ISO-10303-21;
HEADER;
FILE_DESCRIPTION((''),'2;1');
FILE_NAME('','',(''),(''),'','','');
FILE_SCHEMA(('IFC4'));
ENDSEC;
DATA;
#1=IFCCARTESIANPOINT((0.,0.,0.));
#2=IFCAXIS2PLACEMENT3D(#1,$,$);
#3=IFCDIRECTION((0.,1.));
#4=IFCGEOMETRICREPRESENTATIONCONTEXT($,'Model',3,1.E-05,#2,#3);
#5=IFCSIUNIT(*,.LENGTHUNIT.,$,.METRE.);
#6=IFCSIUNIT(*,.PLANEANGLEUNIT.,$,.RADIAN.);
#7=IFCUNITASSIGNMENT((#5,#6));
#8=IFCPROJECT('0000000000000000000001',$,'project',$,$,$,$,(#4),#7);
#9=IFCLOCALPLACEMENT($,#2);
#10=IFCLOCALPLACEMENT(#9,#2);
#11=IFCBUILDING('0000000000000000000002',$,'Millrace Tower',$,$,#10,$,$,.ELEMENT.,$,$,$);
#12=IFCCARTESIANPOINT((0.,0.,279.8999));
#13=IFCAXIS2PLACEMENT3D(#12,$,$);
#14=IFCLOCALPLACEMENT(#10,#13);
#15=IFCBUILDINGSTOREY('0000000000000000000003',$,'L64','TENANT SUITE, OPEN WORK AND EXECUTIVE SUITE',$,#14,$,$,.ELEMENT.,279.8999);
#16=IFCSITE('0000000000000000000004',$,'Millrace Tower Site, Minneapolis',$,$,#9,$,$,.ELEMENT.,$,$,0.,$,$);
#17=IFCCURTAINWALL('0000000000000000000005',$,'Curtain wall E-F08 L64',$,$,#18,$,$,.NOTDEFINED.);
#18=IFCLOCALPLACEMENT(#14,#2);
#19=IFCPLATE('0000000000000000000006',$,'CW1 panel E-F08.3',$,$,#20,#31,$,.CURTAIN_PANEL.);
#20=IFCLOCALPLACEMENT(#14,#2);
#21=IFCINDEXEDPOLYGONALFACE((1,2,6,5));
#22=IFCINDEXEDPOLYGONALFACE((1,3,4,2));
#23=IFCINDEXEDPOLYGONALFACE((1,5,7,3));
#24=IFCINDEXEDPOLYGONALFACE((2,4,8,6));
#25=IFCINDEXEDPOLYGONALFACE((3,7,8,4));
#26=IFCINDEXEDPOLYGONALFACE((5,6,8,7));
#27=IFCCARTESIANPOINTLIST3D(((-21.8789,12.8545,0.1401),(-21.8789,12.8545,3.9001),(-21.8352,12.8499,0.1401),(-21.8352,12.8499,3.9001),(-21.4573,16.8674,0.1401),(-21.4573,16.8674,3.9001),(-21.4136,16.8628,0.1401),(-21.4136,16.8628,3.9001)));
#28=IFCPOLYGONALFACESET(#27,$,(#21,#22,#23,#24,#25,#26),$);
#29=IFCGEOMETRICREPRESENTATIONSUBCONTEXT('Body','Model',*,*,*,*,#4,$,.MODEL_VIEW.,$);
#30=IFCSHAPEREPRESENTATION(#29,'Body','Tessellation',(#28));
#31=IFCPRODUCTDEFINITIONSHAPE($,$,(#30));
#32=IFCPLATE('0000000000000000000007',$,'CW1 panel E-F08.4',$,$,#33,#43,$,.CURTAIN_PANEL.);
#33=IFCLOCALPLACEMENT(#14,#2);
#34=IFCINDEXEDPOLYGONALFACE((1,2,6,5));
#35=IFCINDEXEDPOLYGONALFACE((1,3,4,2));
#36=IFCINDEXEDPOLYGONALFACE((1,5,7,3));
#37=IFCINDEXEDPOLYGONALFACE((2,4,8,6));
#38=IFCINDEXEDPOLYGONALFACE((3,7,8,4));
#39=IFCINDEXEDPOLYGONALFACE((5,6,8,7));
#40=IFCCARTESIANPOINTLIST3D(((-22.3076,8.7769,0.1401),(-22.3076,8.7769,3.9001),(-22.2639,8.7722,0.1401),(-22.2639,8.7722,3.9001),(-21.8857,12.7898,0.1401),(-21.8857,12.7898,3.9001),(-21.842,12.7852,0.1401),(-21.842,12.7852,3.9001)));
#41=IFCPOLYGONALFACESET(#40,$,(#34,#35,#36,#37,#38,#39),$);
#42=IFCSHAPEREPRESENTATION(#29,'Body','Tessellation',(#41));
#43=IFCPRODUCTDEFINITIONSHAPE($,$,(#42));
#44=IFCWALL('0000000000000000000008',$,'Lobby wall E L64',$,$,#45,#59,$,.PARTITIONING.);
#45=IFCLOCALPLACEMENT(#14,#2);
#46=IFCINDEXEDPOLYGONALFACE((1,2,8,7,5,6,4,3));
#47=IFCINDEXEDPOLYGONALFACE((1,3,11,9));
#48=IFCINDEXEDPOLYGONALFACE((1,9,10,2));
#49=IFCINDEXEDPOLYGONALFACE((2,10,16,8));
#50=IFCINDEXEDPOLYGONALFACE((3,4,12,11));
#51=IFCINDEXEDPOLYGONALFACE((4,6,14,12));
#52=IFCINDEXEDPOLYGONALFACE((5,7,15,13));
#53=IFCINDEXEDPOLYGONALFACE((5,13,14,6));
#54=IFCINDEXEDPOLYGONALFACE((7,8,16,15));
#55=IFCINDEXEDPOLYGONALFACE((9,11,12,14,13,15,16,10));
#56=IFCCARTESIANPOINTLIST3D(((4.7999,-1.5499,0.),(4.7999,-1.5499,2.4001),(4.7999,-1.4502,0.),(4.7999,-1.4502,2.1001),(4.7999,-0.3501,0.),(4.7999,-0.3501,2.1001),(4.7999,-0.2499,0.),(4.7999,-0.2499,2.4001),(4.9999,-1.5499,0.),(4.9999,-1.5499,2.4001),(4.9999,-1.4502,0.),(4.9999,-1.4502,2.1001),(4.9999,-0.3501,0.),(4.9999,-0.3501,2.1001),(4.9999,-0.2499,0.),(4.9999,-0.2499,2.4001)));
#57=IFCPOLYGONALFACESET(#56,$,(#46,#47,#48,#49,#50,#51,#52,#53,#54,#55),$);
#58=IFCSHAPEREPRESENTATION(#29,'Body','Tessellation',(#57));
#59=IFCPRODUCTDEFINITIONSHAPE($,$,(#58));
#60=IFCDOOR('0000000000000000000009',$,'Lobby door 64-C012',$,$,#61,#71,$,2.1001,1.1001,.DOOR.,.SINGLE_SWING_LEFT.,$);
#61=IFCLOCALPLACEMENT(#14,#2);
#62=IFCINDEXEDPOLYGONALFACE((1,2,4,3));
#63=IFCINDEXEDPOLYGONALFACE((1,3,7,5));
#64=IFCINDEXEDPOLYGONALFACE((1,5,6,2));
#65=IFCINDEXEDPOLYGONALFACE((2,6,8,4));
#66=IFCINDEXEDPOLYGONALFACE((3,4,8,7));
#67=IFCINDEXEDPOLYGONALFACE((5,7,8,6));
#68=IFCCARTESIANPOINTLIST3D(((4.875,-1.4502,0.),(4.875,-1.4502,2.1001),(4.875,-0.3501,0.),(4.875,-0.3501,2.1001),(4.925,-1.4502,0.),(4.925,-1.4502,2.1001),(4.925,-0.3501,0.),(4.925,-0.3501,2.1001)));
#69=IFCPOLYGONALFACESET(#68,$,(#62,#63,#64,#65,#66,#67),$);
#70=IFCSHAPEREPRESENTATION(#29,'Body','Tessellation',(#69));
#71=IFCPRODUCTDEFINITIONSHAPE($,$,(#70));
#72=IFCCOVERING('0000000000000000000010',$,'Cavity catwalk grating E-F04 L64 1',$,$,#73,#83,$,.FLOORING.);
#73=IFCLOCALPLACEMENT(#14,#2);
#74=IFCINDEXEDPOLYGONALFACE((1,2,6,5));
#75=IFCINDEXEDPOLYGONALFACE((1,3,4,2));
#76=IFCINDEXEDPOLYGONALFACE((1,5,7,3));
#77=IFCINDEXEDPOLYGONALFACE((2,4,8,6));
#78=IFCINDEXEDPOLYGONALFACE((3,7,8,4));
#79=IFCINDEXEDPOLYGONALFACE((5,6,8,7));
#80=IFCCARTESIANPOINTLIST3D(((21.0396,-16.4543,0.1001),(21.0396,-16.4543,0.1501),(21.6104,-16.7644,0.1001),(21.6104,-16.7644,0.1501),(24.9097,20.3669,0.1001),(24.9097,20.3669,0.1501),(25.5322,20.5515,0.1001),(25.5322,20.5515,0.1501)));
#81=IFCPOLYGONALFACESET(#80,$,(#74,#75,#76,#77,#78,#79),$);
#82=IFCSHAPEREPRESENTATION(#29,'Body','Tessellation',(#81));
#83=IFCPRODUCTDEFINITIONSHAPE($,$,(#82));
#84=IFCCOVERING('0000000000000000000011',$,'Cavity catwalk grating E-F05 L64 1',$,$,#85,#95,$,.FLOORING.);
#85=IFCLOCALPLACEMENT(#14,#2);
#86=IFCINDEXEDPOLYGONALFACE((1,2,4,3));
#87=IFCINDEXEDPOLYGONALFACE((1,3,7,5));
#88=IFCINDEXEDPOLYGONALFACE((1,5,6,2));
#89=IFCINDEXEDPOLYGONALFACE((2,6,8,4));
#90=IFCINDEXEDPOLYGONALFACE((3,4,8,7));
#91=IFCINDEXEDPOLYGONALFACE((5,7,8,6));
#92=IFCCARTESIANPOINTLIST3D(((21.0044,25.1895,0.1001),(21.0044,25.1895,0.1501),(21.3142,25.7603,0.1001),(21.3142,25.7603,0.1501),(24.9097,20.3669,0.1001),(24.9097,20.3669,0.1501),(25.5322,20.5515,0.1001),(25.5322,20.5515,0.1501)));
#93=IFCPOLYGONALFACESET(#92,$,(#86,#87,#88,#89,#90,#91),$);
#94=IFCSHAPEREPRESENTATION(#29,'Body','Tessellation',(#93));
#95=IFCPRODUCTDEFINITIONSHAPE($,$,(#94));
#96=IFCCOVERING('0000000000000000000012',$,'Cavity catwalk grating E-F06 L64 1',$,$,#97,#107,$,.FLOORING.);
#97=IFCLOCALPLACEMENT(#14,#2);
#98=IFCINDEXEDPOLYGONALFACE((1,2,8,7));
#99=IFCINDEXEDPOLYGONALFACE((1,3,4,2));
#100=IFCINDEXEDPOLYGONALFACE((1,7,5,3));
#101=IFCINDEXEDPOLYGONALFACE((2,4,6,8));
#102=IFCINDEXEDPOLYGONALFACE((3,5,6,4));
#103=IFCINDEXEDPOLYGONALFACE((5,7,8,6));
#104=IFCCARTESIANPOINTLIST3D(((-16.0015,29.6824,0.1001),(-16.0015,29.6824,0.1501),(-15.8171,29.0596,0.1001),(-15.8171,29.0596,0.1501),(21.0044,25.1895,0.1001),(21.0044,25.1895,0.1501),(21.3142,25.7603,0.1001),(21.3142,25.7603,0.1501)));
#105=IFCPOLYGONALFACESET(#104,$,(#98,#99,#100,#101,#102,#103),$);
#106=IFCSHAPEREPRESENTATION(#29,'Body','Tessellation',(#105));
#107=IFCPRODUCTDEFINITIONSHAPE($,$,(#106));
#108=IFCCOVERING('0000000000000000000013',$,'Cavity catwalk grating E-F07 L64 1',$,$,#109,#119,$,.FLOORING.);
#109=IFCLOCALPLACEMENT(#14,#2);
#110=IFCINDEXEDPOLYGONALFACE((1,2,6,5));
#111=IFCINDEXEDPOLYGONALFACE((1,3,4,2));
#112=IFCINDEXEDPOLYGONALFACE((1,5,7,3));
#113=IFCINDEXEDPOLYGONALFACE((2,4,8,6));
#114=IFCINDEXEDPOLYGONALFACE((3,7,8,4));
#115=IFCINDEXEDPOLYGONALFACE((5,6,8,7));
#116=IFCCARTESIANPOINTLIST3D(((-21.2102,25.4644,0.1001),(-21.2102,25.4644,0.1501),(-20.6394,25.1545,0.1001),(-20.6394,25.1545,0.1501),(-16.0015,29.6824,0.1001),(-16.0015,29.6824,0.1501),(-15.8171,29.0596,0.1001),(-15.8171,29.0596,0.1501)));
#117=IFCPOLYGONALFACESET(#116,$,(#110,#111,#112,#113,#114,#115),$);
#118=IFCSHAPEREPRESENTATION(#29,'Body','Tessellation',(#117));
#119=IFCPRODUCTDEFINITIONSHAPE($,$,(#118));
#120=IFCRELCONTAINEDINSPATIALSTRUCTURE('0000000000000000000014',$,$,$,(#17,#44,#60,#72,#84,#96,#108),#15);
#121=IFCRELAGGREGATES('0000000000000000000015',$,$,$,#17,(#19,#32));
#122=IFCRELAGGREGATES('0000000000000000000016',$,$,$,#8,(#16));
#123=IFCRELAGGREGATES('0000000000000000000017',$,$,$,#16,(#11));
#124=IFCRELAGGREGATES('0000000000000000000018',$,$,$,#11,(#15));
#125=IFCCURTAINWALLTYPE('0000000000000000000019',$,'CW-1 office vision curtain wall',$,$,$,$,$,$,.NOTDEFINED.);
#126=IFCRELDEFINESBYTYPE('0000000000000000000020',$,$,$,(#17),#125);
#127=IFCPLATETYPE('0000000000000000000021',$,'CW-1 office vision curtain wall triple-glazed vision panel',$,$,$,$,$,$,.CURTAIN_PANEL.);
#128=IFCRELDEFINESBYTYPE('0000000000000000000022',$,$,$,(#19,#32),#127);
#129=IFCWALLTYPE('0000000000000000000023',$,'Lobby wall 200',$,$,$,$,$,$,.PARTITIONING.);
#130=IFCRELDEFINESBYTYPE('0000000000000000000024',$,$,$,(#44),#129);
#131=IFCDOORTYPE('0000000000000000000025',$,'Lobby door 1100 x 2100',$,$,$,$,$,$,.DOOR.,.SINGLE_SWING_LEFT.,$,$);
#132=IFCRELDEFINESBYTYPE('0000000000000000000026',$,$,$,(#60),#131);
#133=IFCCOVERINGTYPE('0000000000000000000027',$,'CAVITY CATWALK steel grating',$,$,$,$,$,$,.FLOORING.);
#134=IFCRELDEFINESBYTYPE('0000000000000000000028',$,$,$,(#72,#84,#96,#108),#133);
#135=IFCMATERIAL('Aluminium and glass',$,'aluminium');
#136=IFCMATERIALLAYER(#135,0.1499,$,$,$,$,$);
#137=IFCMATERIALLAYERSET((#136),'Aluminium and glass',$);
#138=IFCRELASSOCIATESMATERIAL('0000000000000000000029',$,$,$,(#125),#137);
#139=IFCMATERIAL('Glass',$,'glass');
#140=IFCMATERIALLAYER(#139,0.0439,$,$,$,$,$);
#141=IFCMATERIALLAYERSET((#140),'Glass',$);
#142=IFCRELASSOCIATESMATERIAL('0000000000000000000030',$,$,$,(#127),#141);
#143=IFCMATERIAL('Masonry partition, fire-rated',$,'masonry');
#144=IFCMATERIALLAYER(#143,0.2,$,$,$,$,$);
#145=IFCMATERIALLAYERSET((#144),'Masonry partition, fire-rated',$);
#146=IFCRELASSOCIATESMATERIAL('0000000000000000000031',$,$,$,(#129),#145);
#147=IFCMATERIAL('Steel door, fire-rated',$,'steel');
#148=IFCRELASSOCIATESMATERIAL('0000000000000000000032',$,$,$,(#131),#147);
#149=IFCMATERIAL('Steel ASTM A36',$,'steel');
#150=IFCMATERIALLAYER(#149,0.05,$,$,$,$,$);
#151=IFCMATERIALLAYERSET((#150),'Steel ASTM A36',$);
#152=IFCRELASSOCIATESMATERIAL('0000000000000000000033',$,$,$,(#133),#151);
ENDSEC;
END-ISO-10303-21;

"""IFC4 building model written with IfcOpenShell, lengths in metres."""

from ifc_helpers import new_model, si_unit, direction, frame, frame_2d, origin, place, context, subcontext, project, spatial, polyline, rectangle, outline, extrude, material, layer, layer_set, type_object, element, fill, aggregate, save


model = new_model("IFC4")

# Units and contexts
model_context = context("Model", 3, precision=1e-05, world=origin(), true_north=direction((0.0, 1.0)))
body_context = subcontext(model_context, "Body", "Model", "MODEL_VIEW")
ifc_project = project(units=[si_unit("LENGTHUNIT", "METRE"), si_unit("PLANEANGLEUNIT", "RADIAN")], contexts=[model_context])

# Site, building, storey
site_placement = place(None, origin())
site = spatial("IfcSite", under=ifc_project, at=site_placement, Name="Millrace Tower Site, Minneapolis", CompositionType="ELEMENT", RefElevation=0.0)
building_placement = place(site_placement, origin())
building = spatial("IfcBuilding", under=site, at=building_placement, Name="Millrace Tower", CompositionType="ELEMENT")
storey_placement = place(building_placement, frame((0.0, 0.0, 279.8999)))
storey = spatial("IfcBuildingStorey", under=building, at=storey_placement, Name="L64", Description="TENANT SUITE, OPEN WORK AND EXECUTIVE SUITE", CompositionType="ELEMENT", Elevation=279.8999)

# Shared definitions
ifc_material_1 = material(Name="Aluminium and glass", Category="aluminium")
ifc_layer_1 = layer(ifc_material_1, 0.1499)
ifc_layer_set_1 = layer_set([ifc_layer_1], Name="Aluminium and glass")
curtain_wall_type = type_object("IfcCurtainWallType", Name="CW-1 office vision curtain wall", PredefinedType="NOTDEFINED", material=ifc_layer_set_1)
placement_1 = place(storey_placement, origin())
ifc_material_2 = material(Name="Glass", Category="glass")
ifc_layer_2 = layer(ifc_material_2, 0.0439)
ifc_layer_set_2 = layer_set([ifc_layer_2], Name="Glass")
plate_type = type_object("IfcPlateType", Name="CW-1 office vision curtain wall triple-glazed vision panel", PredefinedType="CURTAIN_PANEL", material=ifc_layer_set_2)
placement_2 = place(storey_placement, frame((0.0, 0.0, 0.1401)))

# Curtain wall, plates
curtain_wall_1 = element("IfcCurtainWall", 1, at=placement_1, inside=storey, type_object=curtain_wall_type, Name="Curtain wall E-F08 L64", PredefinedType="NOTDEFINED")
plate_1 = element("IfcPlate", 2, at=placement_2, type_object=plate_type, Name="CW1 panel E-F08.3", PredefinedType="CURTAIN_PANEL", context=body_context, shape_type="SweptSolid", body=[
    extrude(outline(polyline([(-21.4573, 16.8674), (-21.8789, 12.8545), (-21.8352, 12.8499), (-21.4136, 16.8628), (-21.4573, 16.8674)])), origin(), (0.0, 0.0, 1.0), 3.76),
])
plate_2 = element("IfcPlate", 3, at=placement_2, type_object=plate_type, Name="CW1 panel E-F08.4", PredefinedType="CURTAIN_PANEL", context=body_context, shape_type="SweptSolid", body=[
    extrude(outline(polyline([(-21.8857, 12.7898), (-22.3076, 8.7769), (-22.2639, 8.7722), (-21.842, 12.7852), (-21.8857, 12.7898)])), origin(), (0.0, 0.0, 1.0), 3.76),
])
aggregate(curtain_wall_1, [plate_1, plate_2])

# Wall, opening, door
ifc_material_3 = material(Name="Masonry partition, fire-rated", Category="masonry")
ifc_layer_3 = layer(ifc_material_3, 0.2)
ifc_layer_set_3 = layer_set([ifc_layer_3], Name="Masonry partition, fire-rated")
wall_type = type_object("IfcWallType", Name="Lobby wall 200", PredefinedType="PARTITIONING", material=ifc_layer_set_3)
wall_placement = place(storey_placement, frame((4.8999, -0.25, 0.0), z_axis=(0.0, 0.0, 1.0), x_axis=(0.0, -1.0, 0.0)))
wall = element("IfcWall", 4, at=wall_placement, inside=storey, type_object=wall_type, Name="Lobby wall E L64", PredefinedType="PARTITIONING", context=body_context, shape_type="SweptSolid", body=[
    extrude(rectangle(XDim=1.3, YDim=0.2, at=frame_2d((0.6499, 0.0))), origin(), (0.0, 0.0, 1.0), 2.4001),
])
opening_placement = place(wall_placement, frame((0.1001, 0.0, 0.0)))
opening = element("IfcOpeningElement", 5, at=opening_placement, cuts=wall, PredefinedType="OPENING", context=body_context, shape_type="SweptSolid", body=[
    extrude(rectangle(XDim=1.1001, YDim=2.1001, at=frame_2d((0.55, 1.05))), frame((0.0, 0.1099, 0.0), z_axis=(0.0, -1.0, 0.0), x_axis=(1.0, 0.0, 0.0)), (0.0, 0.0, 1.0), 0.22),
])
ifc_material_4 = material(Name="Steel door, fire-rated", Category="steel")
door_type = type_object("IfcDoorType", Name="Lobby door 1100 x 2100", OperationType="SINGLE_SWING_LEFT", PredefinedType="DOOR", material=ifc_material_4)
door_placement = place(opening_placement, frame((1.1001, 0.0, 0.0), z_axis=(0.0, 0.0, 1.0), x_axis=(-1.0, 0.0, 0.0)))
door = element("IfcDoor", 6, at=door_placement, inside=storey, type_object=door_type, Name="Lobby door 64-C012", OperationType="SINGLE_SWING_LEFT", OverallHeight=2.1001, OverallWidth=1.1001, PredefinedType="DOOR", context=body_context, shape_type="SweptSolid", body=[
    extrude(rectangle(XDim=1.1001, YDim=2.1001, at=frame_2d((0.55, 1.05))), frame((0.0, 0.0249, 0.0), z_axis=(0.0, -1.0, 0.0), x_axis=(1.0, 0.0, 0.0)), (0.0, 0.0, 1.0), 0.05),
])
fill(opening, door)

# Coverings
ifc_material_5 = material(Name="Steel ASTM A36", Category="steel")
ifc_layer_4 = layer(ifc_material_5, 0.05)
ifc_layer_set_4 = layer_set([ifc_layer_4], Name="Steel ASTM A36")
covering_type = type_object("IfcCoveringType", Name="CAVITY CATWALK steel grating", PredefinedType="FLOORING", material=ifc_layer_set_4)
placement_3 = place(storey_placement, frame((0.0, 0.0, 0.1001)))
element("IfcCovering", 7, at=placement_3, inside=storey, type_object=covering_type, Name="Cavity catwalk grating E-F04 L64 1", PredefinedType="FLOORING", context=body_context, shape_type="SweptSolid", body=[
    extrude(outline(polyline([(21.6104, -16.7644), (25.5322, 20.5515), (24.9097, 20.3669), (21.0396, -16.4543), (21.6104, -16.7644)])), origin(), (0.0, 0.0, 1.0), 0.05),
])
element("IfcCovering", 8, at=placement_3, inside=storey, type_object=covering_type, Name="Cavity catwalk grating E-F05 L64 1", PredefinedType="FLOORING", context=body_context, shape_type="SweptSolid", body=[
    extrude(outline(polyline([(25.5322, 20.5515), (21.3142, 25.7603), (21.0044, 25.1895), (24.9097, 20.3669), (25.5322, 20.5515)])), origin(), (0.0, 0.0, 1.0), 0.05),
])
element("IfcCovering", 9, at=placement_3, inside=storey, type_object=covering_type, Name="Cavity catwalk grating E-F06 L64 1", PredefinedType="FLOORING", context=body_context, shape_type="SweptSolid", body=[
    extrude(outline(polyline([(21.3142, 25.7603), (-16.0015, 29.6824), (-15.8171, 29.0596), (21.0044, 25.1895), (21.3142, 25.7603)])), origin(), (0.0, 0.0, 1.0), 0.05),
])
element("IfcCovering", 10, at=placement_3, inside=storey, type_object=covering_type, Name="Cavity catwalk grating E-F07 L64 1", PredefinedType="FLOORING", context=body_context, shape_type="SweptSolid", body=[
    extrude(outline(polyline([(-16.0015, 29.6824), (-21.2102, 25.4644), (-20.6394, 25.1545), (-15.8171, 29.0596), (-16.0015, 29.6824)])), origin(), (0.0, 0.0, 1.0), 0.05),
])

save(model, "model.ifc")
